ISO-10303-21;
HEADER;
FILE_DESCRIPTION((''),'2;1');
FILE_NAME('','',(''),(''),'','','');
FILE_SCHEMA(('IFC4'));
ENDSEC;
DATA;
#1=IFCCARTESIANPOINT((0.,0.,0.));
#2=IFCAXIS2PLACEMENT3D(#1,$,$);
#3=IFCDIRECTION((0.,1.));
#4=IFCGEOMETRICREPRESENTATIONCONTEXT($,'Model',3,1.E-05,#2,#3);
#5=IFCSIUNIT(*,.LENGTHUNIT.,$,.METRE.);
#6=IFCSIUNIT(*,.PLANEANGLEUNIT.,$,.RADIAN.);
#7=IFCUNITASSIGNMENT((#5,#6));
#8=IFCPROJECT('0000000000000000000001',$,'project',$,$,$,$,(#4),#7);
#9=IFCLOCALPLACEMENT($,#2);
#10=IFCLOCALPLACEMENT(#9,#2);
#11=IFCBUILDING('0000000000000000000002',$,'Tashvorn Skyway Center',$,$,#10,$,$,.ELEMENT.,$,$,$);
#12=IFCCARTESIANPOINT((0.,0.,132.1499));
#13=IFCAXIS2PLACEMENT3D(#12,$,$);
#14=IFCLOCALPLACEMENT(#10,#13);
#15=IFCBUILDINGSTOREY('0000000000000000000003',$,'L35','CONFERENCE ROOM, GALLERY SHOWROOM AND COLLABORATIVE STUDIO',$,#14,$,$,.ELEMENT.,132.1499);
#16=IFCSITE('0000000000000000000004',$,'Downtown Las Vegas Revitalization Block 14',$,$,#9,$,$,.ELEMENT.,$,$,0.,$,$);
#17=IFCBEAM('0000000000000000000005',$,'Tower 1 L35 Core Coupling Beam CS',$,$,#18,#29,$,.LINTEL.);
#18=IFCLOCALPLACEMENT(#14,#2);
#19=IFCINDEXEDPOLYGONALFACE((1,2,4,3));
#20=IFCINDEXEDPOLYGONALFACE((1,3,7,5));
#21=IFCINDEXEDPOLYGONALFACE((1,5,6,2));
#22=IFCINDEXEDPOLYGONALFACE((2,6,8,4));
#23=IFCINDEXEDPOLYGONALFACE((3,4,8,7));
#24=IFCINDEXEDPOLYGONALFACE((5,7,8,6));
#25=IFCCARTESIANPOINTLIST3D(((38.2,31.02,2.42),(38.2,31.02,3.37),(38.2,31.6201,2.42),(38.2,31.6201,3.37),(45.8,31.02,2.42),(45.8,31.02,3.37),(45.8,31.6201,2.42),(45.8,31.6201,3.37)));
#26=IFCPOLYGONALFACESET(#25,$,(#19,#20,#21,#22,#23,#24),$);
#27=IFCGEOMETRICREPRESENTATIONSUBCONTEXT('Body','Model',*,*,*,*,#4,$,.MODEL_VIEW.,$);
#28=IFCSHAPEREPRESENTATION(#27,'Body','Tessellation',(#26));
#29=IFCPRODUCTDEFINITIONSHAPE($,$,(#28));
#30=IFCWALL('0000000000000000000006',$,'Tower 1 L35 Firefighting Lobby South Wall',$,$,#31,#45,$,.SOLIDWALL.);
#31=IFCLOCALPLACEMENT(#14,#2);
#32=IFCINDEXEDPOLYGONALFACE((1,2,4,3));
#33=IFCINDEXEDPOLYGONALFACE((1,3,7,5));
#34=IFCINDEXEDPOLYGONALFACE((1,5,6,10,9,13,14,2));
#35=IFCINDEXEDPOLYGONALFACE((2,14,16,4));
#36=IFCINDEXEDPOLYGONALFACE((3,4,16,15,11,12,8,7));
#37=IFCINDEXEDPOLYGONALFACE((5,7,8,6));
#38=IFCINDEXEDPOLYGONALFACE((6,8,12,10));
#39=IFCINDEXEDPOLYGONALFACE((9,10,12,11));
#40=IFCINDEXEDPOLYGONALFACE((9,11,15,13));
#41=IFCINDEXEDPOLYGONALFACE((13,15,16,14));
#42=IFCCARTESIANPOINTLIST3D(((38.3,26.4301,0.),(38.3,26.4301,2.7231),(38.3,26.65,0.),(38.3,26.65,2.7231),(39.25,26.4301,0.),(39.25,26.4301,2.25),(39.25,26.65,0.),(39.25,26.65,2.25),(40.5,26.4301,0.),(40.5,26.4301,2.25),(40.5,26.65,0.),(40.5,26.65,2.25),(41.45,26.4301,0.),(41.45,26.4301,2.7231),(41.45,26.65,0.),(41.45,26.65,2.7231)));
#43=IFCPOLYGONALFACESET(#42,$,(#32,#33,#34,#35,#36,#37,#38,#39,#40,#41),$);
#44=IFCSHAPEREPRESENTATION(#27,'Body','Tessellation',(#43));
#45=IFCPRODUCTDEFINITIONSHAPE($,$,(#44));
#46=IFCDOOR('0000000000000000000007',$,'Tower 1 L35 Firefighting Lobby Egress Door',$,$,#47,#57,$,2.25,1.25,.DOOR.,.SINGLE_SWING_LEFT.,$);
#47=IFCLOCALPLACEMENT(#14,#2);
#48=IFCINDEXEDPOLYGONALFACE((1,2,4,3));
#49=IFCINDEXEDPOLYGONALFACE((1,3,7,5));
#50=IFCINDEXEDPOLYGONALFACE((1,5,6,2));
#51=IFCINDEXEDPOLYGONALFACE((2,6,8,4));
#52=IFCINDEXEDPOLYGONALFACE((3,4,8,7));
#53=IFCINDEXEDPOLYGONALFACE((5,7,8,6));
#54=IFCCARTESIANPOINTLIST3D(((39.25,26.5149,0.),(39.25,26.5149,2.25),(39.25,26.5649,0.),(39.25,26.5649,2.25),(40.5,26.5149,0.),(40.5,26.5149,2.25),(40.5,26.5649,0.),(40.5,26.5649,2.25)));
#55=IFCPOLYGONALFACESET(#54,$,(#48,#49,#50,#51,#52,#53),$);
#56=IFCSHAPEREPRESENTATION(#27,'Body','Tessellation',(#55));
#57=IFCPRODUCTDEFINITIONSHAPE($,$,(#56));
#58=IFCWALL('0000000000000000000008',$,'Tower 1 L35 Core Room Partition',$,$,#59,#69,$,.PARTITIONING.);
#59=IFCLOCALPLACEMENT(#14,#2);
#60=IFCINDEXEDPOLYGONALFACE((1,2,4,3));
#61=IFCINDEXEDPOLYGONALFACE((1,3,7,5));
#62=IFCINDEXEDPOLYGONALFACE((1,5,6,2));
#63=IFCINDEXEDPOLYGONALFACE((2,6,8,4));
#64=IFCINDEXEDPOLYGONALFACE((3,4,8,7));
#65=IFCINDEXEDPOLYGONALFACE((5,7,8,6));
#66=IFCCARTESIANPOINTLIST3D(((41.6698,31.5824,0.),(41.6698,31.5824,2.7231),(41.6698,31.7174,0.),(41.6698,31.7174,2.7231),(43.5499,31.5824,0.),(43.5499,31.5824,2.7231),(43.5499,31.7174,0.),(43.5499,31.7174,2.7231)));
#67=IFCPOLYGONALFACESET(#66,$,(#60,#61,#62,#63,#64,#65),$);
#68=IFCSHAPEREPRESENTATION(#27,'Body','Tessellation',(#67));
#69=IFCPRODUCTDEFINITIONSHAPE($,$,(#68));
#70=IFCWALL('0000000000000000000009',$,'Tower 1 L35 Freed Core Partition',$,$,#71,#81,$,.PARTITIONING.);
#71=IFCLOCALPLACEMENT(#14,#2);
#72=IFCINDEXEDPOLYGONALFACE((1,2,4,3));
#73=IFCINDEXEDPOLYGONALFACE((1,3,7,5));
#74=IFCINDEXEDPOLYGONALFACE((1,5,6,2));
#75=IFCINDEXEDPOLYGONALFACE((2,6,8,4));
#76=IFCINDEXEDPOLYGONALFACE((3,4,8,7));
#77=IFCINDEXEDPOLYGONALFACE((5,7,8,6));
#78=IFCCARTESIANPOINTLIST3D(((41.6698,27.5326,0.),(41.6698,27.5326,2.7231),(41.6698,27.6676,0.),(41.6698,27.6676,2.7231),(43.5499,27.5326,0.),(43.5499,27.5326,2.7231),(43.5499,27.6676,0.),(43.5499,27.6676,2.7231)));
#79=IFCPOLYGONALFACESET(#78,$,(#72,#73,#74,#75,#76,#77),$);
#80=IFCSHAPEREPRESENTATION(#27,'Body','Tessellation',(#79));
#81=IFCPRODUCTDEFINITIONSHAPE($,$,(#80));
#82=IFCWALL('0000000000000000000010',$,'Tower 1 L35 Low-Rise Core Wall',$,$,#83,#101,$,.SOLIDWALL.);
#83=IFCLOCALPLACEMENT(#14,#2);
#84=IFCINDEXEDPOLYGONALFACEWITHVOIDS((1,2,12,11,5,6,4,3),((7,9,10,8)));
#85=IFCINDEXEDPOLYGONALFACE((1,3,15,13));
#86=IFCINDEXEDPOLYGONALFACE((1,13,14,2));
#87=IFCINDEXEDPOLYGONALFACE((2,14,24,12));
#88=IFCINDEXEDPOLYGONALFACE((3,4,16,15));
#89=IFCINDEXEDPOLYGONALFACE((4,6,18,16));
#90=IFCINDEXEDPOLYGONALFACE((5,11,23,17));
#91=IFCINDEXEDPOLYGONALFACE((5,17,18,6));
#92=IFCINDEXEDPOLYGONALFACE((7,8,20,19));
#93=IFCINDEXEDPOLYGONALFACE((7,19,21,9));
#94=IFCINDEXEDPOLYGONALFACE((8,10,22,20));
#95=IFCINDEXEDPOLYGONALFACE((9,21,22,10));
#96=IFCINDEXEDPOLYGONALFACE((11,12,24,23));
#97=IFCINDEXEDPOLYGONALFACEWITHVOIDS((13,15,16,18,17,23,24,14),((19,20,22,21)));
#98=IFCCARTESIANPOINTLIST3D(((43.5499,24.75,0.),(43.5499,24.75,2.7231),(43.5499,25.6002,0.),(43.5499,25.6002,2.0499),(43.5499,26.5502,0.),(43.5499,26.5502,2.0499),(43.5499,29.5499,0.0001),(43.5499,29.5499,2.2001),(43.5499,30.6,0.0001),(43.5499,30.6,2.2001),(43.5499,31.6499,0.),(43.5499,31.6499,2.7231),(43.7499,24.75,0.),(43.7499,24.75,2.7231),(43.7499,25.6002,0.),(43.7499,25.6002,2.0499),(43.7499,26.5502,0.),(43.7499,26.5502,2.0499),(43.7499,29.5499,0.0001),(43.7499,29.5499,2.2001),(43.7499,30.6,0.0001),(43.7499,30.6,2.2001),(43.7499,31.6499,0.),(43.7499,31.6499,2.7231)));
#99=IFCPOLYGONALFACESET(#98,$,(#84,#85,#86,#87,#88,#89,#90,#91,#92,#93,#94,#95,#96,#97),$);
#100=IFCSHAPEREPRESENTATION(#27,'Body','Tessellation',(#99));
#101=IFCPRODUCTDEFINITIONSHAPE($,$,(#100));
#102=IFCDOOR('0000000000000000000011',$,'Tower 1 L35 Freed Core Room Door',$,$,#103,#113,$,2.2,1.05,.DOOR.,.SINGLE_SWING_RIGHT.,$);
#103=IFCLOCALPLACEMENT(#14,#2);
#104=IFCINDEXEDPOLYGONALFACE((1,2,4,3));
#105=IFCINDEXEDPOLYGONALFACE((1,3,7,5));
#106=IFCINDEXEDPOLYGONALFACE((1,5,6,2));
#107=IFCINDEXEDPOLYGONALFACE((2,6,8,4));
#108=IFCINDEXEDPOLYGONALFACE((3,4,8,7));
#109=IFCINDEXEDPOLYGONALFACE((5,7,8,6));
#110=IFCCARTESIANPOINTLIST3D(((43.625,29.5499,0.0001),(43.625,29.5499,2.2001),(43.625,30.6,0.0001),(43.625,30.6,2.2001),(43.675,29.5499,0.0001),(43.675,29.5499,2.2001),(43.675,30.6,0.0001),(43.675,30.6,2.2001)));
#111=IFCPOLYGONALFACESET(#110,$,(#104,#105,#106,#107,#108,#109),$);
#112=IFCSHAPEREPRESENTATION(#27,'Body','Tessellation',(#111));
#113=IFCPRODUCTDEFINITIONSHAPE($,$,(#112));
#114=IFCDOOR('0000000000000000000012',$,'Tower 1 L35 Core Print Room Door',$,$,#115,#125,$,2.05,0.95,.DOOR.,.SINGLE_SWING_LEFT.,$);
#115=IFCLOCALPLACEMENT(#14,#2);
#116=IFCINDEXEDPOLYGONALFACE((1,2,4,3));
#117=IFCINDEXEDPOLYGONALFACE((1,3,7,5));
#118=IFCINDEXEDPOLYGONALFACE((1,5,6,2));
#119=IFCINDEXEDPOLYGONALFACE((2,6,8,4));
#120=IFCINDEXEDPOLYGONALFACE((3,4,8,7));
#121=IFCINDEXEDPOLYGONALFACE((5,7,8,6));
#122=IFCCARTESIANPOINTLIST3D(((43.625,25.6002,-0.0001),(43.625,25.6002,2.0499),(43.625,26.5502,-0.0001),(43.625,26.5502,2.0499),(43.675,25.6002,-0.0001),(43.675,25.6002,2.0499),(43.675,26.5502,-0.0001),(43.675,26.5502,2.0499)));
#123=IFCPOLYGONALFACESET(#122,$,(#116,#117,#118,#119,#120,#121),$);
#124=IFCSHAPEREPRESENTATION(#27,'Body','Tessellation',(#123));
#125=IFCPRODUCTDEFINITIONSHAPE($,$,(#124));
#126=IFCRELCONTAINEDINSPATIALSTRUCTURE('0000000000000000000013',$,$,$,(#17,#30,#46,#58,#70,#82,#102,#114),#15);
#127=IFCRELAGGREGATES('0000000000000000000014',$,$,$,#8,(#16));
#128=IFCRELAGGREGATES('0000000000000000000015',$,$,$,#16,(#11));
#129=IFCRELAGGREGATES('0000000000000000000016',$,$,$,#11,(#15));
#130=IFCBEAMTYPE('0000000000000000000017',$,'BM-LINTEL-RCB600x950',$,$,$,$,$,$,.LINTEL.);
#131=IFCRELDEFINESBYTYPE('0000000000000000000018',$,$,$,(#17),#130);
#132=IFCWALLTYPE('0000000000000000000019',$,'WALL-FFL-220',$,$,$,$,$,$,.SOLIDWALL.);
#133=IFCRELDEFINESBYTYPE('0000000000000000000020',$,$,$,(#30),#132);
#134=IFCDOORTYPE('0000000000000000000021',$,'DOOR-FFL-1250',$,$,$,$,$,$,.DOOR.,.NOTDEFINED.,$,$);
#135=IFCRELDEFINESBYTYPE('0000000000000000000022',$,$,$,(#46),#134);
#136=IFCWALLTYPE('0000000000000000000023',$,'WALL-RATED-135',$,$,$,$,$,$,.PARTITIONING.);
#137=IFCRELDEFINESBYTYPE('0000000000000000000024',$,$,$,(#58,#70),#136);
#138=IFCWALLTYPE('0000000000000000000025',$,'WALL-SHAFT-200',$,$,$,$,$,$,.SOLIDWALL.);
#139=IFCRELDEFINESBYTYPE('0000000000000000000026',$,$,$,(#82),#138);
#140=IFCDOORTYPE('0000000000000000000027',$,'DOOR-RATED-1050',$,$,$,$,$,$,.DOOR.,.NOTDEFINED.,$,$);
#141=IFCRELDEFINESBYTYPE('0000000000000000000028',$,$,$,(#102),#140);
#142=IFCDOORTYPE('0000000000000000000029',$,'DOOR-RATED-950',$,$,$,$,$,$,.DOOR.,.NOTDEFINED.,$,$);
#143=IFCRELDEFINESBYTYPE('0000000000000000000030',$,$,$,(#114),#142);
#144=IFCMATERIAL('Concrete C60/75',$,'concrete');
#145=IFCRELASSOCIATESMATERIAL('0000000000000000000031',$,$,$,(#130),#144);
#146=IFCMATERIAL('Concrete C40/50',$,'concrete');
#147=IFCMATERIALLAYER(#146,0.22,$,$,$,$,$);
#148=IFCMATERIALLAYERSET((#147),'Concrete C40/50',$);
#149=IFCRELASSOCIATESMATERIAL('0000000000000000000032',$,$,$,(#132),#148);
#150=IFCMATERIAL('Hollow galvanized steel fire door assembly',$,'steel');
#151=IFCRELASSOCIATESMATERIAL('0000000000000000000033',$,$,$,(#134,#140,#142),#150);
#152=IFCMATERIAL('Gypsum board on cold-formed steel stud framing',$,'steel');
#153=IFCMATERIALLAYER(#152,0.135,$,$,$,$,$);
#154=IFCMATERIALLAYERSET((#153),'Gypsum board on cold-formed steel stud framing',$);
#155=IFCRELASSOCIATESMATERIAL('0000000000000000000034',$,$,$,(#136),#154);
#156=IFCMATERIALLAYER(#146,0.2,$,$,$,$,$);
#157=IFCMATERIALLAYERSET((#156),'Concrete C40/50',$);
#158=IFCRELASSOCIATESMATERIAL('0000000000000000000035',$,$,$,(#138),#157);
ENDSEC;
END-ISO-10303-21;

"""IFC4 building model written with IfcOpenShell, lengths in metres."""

from ifc_helpers import new_model, si_unit, direction, frame, frame_2d, origin, origin_2d, place, context, subcontext, project, spatial, rectangle, extrude, material, layer, layer_set, material_profile, profile_set, type_object, element, fill, save


model = new_model("IFC4")

# Units and contexts
model_context = context("Model", 3, precision=1e-05, world=origin(), true_north=direction((0.0, 1.0)))
body_context = subcontext(model_context, "Body", "Model", "MODEL_VIEW")
ifc_project = project(units=[si_unit("LENGTHUNIT", "METRE"), si_unit("PLANEANGLEUNIT", "RADIAN")], contexts=[model_context])

# Site, building, storey
site_placement = place(None, origin())
site = spatial("IfcSite", under=ifc_project, at=site_placement, Name="Downtown Las Vegas Revitalization Block 14", CompositionType="ELEMENT", RefElevation=0.0)
building_placement = place(site_placement, origin())
building = spatial("IfcBuilding", under=site, at=building_placement, Name="Tashvorn Skyway Center", CompositionType="ELEMENT")
storey_placement = place(building_placement, frame((0.0, 0.0, 132.1499)))
storey = spatial("IfcBuildingStorey", under=building, at=storey_placement, Name="L35", Description="CONFERENCE ROOM, GALLERY SHOWROOM AND COLLABORATIVE STUDIO", CompositionType="ELEMENT", Elevation=132.1499)

# Beam
ifc_material_1 = material(Name="Concrete C60/75", Category="concrete")
ifc_material_profile = material_profile(ifc_material_1, rectangle(XDim=0.6001, YDim=0.95, at=origin_2d()), Name="RCB600x950")
ifc_profile_set = profile_set([ifc_material_profile], Name="Concrete C60/75")
beam_type = type_object("IfcBeamType", Name="BM-LINTEL-RCB600x950", PredefinedType="LINTEL", material=ifc_profile_set)
beam_placement = place(storey_placement, frame((38.2, 31.3201, 2.895), z_axis=(1.0, 0.0, 0.0), x_axis=(0.0, 1.0, 0.0)))
element("IfcBeam", 1, at=beam_placement, inside=storey, type_object=beam_type, Name="Tower 1 L35 Core Coupling Beam CS", PredefinedType="LINTEL", context=body_context, shape_type="SweptSolid", body=[
    extrude(rectangle(XDim=0.6001, YDim=0.95, at=origin_2d()), origin(), (0.0, 0.0, 1.0), 7.6001),
])

# Wall, opening, door
ifc_material_2 = material(Name="Concrete C40/50", Category="concrete")
ifc_layer_1 = layer(ifc_material_2, 0.22)
ifc_layer_set_1 = layer_set([ifc_layer_1], Name="Concrete C40/50")
wall_type_1 = type_object("IfcWallType", Name="WALL-FFL-220", PredefinedType="SOLIDWALL", material=ifc_layer_set_1)
wall_1_placement = place(storey_placement, frame((38.3, 26.54, 0.0), z_axis=(0.0, 0.0, 1.0), x_axis=(1.0, 0.0, 0.0)))
wall_1 = element("IfcWall", 2, at=wall_1_placement, inside=storey, type_object=wall_type_1, Name="Tower 1 L35 Firefighting Lobby South Wall", PredefinedType="SOLIDWALL", context=body_context, shape_type="SweptSolid", body=[
    extrude(rectangle(XDim=3.1499, YDim=0.22, at=frame_2d((1.575, 0.0))), origin(), (0.0, 0.0, 1.0), 2.7231),
])
opening_1_placement = place(wall_1_placement, frame((0.95, 0.0, 0.0)))
opening_1 = element("IfcOpeningElement", 3, at=opening_1_placement, cuts=wall_1, PredefinedType="OPENING", context=body_context, shape_type="SweptSolid", body=[
    extrude(rectangle(XDim=1.25, YDim=2.25, at=frame_2d((0.625, 1.125))), frame((0.0, 0.1199, 0.0), z_axis=(0.0, -1.0, 0.0), x_axis=(1.0, 0.0, 0.0)), (0.0, 0.0, 1.0), 0.24),
])
ifc_material_3 = material(Name="Hollow galvanized steel fire door assembly", Category="steel")
door_type_1 = type_object("IfcDoorType", Name="DOOR-FFL-1250", OperationType="NOTDEFINED", PredefinedType="DOOR", material=ifc_material_3)
door_1_placement = place(opening_1_placement, origin())
door_1 = element("IfcDoor", 4, at=door_1_placement, inside=storey, type_object=door_type_1, Name="Tower 1 L35 Firefighting Lobby Egress Door", OperationType="SINGLE_SWING_LEFT", OverallHeight=2.25, OverallWidth=1.25, PredefinedType="DOOR", context=body_context, shape_type="SweptSolid", body=[
    extrude(rectangle(XDim=1.25, YDim=2.25, at=frame_2d((0.625, 1.125))), frame((0.0, 0.0249, 0.0), z_axis=(0.0, -1.0, 0.0), x_axis=(1.0, 0.0, 0.0)), (0.0, 0.0, 1.0), 0.05),
])
fill(opening_1, door_1)

# Walls
ifc_material_4 = material(Name="Gypsum board on cold-formed steel stud framing", Category="steel")
ifc_layer_2 = layer(ifc_material_4, 0.135)
ifc_layer_set_2 = layer_set([ifc_layer_2], Name="Gypsum board on cold-formed steel stud framing")
wall_type_2 = type_object("IfcWallType", Name="WALL-RATED-135", PredefinedType="PARTITIONING", material=ifc_layer_set_2)
for number, where, z_axis, x_axis, name in (
    (5, (41.6699, 31.6499, 0.0), (0.0, 0.0, 1.0), (1.0, 0.0, 0.0), "Tower 1 L35 Core Room Partition"),
    (6, (41.6699, 27.6001, 0.0), (0.0, 0.0, 1.0), (1.0, 0.0, 0.0), "Tower 1 L35 Freed Core Partition"),
):
    element("IfcWall", number, at=place(storey_placement, frame(where, z_axis=z_axis, x_axis=x_axis)), inside=storey, type_object=wall_type_2, Name=name, PredefinedType="PARTITIONING", context=body_context, shape_type="SweptSolid", body=[
        extrude(rectangle(XDim=1.8801, YDim=0.135, at=frame_2d((0.9399, 0.0))), origin(), (0.0, 0.0, 1.0), 2.7231),
    ])

# Wall, openings, doors
ifc_layer_3 = layer(ifc_material_2, 0.2)
ifc_layer_set_3 = layer_set([ifc_layer_3], Name="Concrete C40/50")
wall_type_3 = type_object("IfcWallType", Name="WALL-SHAFT-200", PredefinedType="SOLIDWALL", material=ifc_layer_set_3)
wall_2_placement = place(storey_placement, frame((43.6499, 24.75, 0.0), z_axis=(0.0, 0.0, 1.0), x_axis=(0.0, 1.0, 0.0)))
wall_2 = element("IfcWall", 7, at=wall_2_placement, inside=storey, type_object=wall_type_3, Name="Tower 1 L35 Low-Rise Core Wall", PredefinedType="SOLIDWALL", context=body_context, shape_type="SweptSolid", body=[
    extrude(rectangle(XDim=6.8999, YDim=0.2, at=frame_2d((3.45, 0.0))), origin(), (0.0, 0.0, 1.0), 2.7231),
])
opening_2_placement = place(wall_2_placement, frame((0.8501, 0.0, 0.0)))
opening_2 = element("IfcOpeningElement", 8, at=opening_2_placement, cuts=wall_2, PredefinedType="OPENING", context=body_context, shape_type="SweptSolid", body=[
    extrude(rectangle(XDim=0.95, YDim=2.05, at=frame_2d((0.4751, 1.0249))), frame((0.0, 0.1099, 0.0), z_axis=(0.0, -1.0, 0.0), x_axis=(1.0, 0.0, 0.0)), (0.0, 0.0, 1.0), 0.22),
])
opening_3_placement = place(wall_2_placement, frame((4.8, 0.0, 0.0)))
opening_3 = element("IfcOpeningElement", 9, at=opening_3_placement, cuts=wall_2, PredefinedType="OPENING", context=body_context, shape_type="SweptSolid", body=[
    extrude(rectangle(XDim=1.05, YDim=2.2, at=frame_2d((0.5249, 1.1001))), frame((0.0, 0.1099, 0.0), z_axis=(0.0, -1.0, 0.0), x_axis=(1.0, 0.0, 0.0)), (0.0, 0.0, 1.0), 0.22),
])
door_type_2 = type_object("IfcDoorType", Name="DOOR-RATED-1050", OperationType="NOTDEFINED", PredefinedType="DOOR", material=ifc_material_3)
door_2_placement = place(opening_3_placement, origin())
door_2 = element("IfcDoor", 10, at=door_2_placement, inside=storey, type_object=door_type_2, Name="Tower 1 L35 Freed Core Room Door", OperationType="SINGLE_SWING_RIGHT", OverallHeight=2.2, OverallWidth=1.05, PredefinedType="DOOR", context=body_context, shape_type="SweptSolid", body=[
    extrude(rectangle(XDim=1.05, YDim=2.2, at=frame_2d((0.5249, 1.1001))), frame((0.0, 0.0249, 0.0), z_axis=(0.0, -1.0, 0.0), x_axis=(1.0, 0.0, 0.0)), (0.0, 0.0, 1.0), 0.05),
])
fill(opening_3, door_2)
door_type_3 = type_object("IfcDoorType", Name="DOOR-RATED-950", OperationType="NOTDEFINED", PredefinedType="DOOR", material=ifc_material_3)
door_3_placement = place(opening_2_placement, origin())
door_3 = element("IfcDoor", 11, at=door_3_placement, inside=storey, type_object=door_type_3, Name="Tower 1 L35 Core Print Room Door", OperationType="SINGLE_SWING_LEFT", OverallHeight=2.05, OverallWidth=0.95, PredefinedType="DOOR", context=body_context, shape_type="SweptSolid", body=[
    extrude(rectangle(XDim=0.95, YDim=2.05, at=frame_2d((0.4751, 1.0249))), frame((0.0, 0.0249, 0.0), z_axis=(0.0, -1.0, 0.0), x_axis=(1.0, 0.0, 0.0)), (0.0, 0.0, 1.0), 0.05),
])
fill(opening_2, door_3)

save(model, "model.ifc")
